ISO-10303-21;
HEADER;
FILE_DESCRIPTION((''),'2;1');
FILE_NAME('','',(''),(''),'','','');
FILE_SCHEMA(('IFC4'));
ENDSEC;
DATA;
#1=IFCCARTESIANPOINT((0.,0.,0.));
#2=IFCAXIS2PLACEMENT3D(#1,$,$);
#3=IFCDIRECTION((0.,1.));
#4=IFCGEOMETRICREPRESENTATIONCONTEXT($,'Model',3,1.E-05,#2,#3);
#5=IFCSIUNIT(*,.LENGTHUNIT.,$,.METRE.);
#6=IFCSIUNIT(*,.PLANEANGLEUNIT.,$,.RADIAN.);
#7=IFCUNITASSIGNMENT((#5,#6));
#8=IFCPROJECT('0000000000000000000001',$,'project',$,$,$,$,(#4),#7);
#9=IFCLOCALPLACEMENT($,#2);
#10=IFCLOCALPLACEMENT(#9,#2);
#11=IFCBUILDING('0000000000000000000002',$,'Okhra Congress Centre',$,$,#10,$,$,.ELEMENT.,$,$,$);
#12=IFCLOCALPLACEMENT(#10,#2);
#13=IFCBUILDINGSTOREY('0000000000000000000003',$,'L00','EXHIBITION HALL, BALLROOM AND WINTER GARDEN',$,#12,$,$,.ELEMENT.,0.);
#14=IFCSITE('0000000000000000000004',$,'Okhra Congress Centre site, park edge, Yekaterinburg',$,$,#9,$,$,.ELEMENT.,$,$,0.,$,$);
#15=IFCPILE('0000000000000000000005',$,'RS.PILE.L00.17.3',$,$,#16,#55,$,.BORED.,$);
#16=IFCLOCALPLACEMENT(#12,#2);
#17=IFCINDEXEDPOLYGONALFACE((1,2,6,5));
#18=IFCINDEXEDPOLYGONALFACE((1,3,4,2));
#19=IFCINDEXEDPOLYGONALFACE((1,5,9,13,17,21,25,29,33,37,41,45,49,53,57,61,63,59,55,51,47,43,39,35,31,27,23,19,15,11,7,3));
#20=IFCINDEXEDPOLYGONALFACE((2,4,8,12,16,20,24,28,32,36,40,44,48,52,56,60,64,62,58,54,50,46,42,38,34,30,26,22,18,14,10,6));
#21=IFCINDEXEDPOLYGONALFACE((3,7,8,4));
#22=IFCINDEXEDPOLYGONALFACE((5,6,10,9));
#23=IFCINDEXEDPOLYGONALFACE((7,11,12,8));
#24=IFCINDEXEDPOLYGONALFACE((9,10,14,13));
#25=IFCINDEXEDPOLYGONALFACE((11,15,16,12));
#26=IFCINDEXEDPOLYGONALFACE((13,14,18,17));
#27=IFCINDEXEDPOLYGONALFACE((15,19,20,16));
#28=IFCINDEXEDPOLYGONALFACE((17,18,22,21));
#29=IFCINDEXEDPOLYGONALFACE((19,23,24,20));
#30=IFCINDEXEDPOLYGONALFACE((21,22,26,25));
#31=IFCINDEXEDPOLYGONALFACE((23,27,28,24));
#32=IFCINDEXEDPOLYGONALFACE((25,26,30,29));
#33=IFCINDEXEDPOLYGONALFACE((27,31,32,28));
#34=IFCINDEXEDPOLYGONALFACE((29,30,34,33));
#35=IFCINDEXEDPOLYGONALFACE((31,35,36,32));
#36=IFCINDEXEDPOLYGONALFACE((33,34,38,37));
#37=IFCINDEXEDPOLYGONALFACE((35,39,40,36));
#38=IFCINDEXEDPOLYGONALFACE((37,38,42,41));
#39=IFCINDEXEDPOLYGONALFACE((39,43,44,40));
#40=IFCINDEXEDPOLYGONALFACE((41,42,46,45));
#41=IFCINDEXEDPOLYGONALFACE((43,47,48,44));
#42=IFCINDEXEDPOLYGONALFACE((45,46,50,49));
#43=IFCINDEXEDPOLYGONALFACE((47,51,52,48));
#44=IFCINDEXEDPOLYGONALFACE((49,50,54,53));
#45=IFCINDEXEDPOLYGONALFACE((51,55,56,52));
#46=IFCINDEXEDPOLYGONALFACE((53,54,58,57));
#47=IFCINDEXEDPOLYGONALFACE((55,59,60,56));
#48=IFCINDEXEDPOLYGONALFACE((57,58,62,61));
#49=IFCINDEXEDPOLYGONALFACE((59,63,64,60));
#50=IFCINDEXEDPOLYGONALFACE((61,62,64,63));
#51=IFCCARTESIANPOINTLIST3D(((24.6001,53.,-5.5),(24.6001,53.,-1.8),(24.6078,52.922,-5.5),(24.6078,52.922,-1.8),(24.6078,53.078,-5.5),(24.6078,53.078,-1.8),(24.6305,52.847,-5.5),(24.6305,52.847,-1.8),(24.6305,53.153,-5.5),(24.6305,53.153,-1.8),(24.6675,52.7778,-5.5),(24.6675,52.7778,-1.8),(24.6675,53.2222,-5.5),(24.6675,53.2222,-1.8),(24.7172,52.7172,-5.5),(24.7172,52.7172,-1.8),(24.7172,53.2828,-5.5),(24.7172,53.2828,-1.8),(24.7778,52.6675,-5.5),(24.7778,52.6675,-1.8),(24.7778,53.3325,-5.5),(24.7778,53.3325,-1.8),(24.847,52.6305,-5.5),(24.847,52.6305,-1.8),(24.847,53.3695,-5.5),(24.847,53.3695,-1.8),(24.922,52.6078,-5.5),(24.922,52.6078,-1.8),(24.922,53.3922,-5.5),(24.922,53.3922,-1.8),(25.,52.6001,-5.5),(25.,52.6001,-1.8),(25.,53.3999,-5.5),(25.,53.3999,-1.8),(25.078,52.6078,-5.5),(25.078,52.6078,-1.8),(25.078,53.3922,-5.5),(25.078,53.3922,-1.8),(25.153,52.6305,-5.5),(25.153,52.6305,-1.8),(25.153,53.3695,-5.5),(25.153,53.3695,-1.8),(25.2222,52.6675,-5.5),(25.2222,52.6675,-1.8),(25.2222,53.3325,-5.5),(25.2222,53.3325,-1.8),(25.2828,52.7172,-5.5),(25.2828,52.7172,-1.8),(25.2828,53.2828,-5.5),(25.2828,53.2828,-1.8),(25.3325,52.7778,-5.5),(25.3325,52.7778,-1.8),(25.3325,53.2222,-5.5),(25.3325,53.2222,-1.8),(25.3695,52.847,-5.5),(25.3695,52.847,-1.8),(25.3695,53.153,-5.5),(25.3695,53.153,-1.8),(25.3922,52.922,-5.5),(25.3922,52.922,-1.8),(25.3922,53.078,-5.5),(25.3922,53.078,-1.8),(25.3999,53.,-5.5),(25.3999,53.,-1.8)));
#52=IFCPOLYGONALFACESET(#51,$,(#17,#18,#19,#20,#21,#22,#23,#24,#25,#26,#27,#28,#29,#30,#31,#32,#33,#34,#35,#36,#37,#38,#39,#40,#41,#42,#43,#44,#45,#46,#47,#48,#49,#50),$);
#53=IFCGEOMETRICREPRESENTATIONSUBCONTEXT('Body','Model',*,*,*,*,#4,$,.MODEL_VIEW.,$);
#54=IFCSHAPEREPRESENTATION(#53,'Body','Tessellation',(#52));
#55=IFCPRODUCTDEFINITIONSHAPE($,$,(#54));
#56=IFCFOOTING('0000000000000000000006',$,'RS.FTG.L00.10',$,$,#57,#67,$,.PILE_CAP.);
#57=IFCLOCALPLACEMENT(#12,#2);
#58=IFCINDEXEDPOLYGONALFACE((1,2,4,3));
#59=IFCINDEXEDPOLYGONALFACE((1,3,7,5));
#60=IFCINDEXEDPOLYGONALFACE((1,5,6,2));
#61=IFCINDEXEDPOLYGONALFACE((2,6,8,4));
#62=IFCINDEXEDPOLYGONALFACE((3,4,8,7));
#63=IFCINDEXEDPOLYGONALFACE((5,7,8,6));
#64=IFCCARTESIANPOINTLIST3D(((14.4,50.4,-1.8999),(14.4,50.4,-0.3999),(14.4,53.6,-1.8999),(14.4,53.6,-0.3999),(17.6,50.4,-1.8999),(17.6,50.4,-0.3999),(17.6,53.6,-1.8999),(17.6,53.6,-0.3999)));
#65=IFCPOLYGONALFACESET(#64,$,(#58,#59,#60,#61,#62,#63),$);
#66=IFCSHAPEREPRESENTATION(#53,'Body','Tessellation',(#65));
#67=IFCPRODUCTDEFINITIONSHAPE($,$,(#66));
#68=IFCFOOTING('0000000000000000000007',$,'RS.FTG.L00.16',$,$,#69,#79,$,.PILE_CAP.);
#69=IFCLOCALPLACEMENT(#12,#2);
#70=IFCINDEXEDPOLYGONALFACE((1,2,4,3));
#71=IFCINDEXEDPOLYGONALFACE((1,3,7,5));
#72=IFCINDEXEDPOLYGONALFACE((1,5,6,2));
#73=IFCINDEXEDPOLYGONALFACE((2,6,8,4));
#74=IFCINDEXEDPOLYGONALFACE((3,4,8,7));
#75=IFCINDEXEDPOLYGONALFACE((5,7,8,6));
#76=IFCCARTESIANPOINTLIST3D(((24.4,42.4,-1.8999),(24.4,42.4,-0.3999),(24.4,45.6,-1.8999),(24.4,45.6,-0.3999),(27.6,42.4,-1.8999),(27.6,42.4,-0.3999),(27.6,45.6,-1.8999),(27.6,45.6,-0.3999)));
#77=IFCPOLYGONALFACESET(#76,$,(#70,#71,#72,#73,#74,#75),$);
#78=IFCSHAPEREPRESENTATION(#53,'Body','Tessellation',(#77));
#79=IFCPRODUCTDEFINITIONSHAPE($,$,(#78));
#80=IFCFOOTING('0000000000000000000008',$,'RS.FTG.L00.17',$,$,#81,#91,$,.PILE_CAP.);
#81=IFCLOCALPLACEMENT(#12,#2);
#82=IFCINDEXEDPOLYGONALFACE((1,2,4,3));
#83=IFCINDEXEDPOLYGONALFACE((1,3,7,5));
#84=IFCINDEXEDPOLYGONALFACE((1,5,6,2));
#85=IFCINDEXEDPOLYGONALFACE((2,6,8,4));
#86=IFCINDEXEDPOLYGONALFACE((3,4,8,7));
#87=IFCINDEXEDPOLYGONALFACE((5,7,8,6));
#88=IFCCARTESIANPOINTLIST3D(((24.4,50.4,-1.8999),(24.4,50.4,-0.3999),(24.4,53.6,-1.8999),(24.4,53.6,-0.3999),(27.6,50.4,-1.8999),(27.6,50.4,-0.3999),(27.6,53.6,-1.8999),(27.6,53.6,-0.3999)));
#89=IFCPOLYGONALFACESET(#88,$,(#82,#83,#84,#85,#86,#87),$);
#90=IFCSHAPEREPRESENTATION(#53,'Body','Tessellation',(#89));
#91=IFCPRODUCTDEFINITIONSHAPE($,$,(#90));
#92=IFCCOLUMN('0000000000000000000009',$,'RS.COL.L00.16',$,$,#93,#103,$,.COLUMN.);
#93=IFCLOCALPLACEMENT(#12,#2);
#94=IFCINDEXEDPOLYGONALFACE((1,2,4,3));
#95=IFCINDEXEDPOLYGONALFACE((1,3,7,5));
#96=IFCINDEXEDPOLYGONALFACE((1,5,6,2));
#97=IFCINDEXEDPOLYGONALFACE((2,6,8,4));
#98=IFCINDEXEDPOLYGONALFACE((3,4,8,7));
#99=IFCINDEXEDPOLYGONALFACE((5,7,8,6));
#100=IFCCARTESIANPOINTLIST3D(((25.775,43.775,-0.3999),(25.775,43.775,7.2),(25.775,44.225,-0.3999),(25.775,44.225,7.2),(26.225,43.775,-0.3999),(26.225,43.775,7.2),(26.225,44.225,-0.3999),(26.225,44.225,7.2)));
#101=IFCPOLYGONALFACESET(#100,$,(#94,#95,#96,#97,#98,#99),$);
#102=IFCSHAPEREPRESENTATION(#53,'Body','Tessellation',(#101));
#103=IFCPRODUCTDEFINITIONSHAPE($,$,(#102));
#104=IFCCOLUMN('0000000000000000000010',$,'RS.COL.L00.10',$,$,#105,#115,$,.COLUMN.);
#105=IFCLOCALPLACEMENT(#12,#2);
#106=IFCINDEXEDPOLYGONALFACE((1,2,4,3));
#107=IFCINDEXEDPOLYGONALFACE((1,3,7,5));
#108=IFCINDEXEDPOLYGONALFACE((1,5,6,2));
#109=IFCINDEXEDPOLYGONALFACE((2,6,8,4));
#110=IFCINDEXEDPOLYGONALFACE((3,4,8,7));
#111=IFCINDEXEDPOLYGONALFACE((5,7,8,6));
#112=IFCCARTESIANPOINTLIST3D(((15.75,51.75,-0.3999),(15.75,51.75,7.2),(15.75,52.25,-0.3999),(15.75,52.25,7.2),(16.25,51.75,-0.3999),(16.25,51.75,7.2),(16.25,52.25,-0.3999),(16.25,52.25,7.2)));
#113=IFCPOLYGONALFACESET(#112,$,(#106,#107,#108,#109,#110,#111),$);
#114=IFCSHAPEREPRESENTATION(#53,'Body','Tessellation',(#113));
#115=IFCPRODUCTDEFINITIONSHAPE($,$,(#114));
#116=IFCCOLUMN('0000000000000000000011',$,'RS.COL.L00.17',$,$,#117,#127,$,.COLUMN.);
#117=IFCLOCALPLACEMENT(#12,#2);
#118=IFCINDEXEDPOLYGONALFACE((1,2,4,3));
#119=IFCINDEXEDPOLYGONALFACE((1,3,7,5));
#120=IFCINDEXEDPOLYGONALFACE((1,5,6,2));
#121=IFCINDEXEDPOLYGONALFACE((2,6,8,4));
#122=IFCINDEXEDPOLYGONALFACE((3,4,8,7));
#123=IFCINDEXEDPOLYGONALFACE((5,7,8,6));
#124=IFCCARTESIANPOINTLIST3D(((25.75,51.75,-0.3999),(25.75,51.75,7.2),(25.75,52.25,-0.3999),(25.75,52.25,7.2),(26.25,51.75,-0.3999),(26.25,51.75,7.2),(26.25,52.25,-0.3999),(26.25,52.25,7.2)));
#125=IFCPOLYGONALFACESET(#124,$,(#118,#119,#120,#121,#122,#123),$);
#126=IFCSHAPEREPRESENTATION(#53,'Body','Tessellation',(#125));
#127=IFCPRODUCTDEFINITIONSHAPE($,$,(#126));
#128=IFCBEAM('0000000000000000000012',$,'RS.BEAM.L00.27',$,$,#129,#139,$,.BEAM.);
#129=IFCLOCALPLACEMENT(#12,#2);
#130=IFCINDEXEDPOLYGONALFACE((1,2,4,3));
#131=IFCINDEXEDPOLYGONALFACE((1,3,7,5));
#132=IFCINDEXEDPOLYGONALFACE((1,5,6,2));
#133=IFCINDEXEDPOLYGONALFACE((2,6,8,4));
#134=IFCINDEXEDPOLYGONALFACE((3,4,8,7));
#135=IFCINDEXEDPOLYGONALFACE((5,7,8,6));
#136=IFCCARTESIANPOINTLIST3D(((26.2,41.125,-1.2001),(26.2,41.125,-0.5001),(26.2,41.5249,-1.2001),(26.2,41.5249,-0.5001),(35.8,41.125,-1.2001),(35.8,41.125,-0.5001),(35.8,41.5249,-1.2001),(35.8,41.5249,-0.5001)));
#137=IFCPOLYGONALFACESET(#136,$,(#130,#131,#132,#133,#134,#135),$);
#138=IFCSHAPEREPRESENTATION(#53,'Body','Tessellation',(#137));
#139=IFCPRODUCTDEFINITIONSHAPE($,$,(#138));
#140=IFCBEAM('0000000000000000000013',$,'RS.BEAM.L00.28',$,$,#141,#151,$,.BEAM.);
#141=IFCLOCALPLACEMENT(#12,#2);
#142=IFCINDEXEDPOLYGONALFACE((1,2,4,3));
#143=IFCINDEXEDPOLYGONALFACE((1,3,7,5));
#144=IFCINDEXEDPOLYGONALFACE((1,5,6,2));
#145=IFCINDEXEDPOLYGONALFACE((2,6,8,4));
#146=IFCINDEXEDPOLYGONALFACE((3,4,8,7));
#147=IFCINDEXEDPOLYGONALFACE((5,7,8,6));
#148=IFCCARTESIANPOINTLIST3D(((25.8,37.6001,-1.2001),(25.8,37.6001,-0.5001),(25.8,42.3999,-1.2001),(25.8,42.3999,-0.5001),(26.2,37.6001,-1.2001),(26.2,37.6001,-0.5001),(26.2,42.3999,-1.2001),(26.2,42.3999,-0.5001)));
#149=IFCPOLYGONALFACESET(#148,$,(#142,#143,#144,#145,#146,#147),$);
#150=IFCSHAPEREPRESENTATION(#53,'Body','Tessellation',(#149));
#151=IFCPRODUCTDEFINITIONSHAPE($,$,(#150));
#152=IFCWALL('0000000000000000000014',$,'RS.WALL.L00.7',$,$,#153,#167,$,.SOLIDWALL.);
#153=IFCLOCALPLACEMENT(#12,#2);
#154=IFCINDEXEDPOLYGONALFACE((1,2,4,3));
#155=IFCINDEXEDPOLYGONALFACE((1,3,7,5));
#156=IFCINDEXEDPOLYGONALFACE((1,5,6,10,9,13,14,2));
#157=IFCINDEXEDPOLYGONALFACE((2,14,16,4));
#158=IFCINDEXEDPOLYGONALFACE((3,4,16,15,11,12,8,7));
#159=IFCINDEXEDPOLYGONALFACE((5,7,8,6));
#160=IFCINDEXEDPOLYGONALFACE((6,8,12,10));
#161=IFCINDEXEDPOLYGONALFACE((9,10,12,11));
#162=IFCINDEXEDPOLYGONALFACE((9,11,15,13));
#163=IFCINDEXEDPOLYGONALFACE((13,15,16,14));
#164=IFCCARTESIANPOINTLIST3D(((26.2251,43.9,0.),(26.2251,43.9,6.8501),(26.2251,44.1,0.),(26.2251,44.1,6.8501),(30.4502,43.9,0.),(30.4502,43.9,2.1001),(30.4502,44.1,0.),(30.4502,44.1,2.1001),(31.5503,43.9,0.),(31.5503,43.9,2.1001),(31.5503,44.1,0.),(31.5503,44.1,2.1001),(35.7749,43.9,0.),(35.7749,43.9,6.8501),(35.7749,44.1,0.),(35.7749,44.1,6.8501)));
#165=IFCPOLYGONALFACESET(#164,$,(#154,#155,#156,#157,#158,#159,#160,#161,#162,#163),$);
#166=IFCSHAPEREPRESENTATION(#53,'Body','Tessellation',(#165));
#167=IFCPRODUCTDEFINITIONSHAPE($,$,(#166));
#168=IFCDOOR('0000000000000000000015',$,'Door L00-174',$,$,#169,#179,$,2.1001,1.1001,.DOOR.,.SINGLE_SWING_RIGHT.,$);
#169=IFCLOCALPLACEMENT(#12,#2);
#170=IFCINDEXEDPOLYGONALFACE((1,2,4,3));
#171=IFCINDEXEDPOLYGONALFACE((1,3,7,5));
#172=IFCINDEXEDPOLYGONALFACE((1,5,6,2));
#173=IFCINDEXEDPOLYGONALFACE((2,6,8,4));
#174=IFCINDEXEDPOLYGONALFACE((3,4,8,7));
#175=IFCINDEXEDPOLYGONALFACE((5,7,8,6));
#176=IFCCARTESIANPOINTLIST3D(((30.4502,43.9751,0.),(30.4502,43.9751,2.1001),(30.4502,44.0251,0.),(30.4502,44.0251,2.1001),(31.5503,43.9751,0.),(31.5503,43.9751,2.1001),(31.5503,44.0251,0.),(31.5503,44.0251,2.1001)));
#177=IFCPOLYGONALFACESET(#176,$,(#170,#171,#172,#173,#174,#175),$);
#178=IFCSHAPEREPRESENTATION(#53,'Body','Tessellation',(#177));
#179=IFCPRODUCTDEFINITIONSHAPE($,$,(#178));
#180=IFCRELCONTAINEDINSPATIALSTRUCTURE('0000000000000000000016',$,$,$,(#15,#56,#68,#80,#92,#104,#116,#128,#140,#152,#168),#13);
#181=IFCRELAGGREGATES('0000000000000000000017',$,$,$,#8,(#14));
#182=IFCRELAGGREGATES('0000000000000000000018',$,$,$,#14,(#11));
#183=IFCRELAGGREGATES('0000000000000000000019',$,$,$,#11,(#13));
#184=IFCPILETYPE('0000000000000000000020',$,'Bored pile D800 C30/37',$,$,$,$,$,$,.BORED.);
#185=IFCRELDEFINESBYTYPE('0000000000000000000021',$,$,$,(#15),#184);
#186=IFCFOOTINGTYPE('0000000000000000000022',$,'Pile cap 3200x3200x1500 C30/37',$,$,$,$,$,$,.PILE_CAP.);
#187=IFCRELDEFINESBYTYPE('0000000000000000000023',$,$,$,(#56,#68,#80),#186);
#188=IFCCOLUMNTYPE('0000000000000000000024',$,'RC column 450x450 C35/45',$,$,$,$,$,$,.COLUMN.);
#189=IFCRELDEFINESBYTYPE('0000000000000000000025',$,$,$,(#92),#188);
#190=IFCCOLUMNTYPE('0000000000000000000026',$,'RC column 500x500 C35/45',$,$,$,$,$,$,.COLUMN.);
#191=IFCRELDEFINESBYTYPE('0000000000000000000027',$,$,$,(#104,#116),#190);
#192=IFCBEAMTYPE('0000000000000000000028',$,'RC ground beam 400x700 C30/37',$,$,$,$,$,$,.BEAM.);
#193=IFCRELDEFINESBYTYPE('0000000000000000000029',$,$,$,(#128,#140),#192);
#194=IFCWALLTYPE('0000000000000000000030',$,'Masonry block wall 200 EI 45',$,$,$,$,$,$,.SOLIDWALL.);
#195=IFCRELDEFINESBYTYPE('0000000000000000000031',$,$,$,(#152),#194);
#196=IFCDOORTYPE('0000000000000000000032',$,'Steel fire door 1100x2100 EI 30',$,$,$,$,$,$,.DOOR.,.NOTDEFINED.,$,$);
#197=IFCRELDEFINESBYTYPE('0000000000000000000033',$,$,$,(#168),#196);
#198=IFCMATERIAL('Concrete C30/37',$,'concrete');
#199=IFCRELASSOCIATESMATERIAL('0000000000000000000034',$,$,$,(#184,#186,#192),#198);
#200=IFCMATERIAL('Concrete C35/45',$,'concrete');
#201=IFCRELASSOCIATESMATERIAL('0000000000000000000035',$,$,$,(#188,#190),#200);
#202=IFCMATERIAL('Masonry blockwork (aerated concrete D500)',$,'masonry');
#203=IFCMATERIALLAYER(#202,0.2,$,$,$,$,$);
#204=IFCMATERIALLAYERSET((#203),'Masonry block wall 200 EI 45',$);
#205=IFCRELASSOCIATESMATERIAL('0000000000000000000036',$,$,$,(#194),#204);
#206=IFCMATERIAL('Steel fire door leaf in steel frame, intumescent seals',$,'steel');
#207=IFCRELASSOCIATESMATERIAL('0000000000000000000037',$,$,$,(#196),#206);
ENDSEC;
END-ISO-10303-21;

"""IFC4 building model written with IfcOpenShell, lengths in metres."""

from ifc_helpers import new_model, si_unit, direction, frame, frame_2d, origin, origin_2d, place, context, subcontext, project, spatial, rectangle, circle, extrude, material, layer, layer_set, material_profile, profile_set, type_object, element, fill, save


model = new_model("IFC4")

# Units and contexts
model_context = context("Model", 3, precision=1e-05, world=origin(), true_north=direction((0.0, 1.0)))
body_context = subcontext(model_context, "Body", "Model", "MODEL_VIEW")
ifc_project = project(units=[si_unit("LENGTHUNIT", "METRE"), si_unit("PLANEANGLEUNIT", "RADIAN")], contexts=[model_context])

# Site, building, storey
site_placement = place(None, origin())
site = spatial("IfcSite", under=ifc_project, at=site_placement, Name="Okhra Congress Centre site, park edge, Yekaterinburg", CompositionType="ELEMENT", RefElevation=0.0)
building_placement = place(site_placement, origin())
building = spatial("IfcBuilding", under=site, at=building_placement, Name="Okhra Congress Centre", CompositionType="ELEMENT")
storey_placement = place(building_placement, origin())
storey = spatial("IfcBuildingStorey", under=building, at=storey_placement, Name="L00", Description="EXHIBITION HALL, BALLROOM AND WINTER GARDEN", CompositionType="ELEMENT", Elevation=0.0)

# Pile
ifc_material_1 = material(Name="Concrete C30/37", Category="concrete")
ifc_material_profile_1 = material_profile(ifc_material_1, circle(Radius=0.3999, at=origin_2d()), Name="D800")
ifc_profile_set_1 = profile_set([ifc_material_profile_1], Name="Concrete C30/37")
pile_type = type_object("IfcPileType", Name="Bored pile D800 C30/37", PredefinedType="BORED", material=ifc_profile_set_1)
for number, where, z_axis, x_axis, name in (
    (1, (25.0, 53.0, -1.8), (0.0, 0.0, -1.0), (1.0, 0.0, 0.0), "RS.PILE.L00.17.3"),
):
    element("IfcPile", number, at=place(storey_placement, frame(where, z_axis=z_axis, x_axis=x_axis)), inside=storey, type_object=pile_type, Name=name, PredefinedType="BORED", context=body_context, shape_type="SweptSolid", body=[
        extrude(circle(Radius=0.3999, at=origin_2d()), origin(), (0.0, 0.0, 1.0), 3.7),
    ])

# Footings
footing_type = type_object("IfcFootingType", Name="Pile cap 3200x3200x1500 C30/37", PredefinedType="PILE_CAP", material=ifc_material_1)
for number, where, z_axis, x_axis, name in (
    (2, (16.0, 52.0, -1.8999), (0.0, 0.0, 1.0), (1.0, 0.0, 0.0), "RS.FTG.L00.10"),
    (3, (26.0, 44.0, -1.8999), (0.0, 0.0, 1.0), (1.0, 0.0, 0.0), "RS.FTG.L00.16"),
    (4, (26.0, 52.0, -1.8999), (0.0, 0.0, 1.0), (1.0, 0.0, 0.0), "RS.FTG.L00.17"),
):
    element("IfcFooting", number, at=place(storey_placement, frame(where, z_axis=z_axis, x_axis=x_axis)), inside=storey, type_object=footing_type, Name=name, PredefinedType="PILE_CAP", context=body_context, shape_type="SweptSolid", body=[
        extrude(rectangle(XDim=3.2, YDim=3.2, at=origin_2d()), origin(), (0.0, 0.0, 1.0), 1.5),
    ])

# Columns
ifc_material_2 = material(Name="Concrete C35/45", Category="concrete")
ifc_material_profile_2 = material_profile(ifc_material_2, rectangle(XDim=0.45, YDim=0.45, at=origin_2d()), Name="RC 450x450")
ifc_profile_set_2 = profile_set([ifc_material_profile_2], Name="Concrete C35/45")
column_type_1 = type_object("IfcColumnType", Name="RC column 450x450 C35/45", PredefinedType="COLUMN", material=ifc_profile_set_2)
column_placement = place(storey_placement, frame((26.0, 44.0, -0.3999), z_axis=(0.0, 0.0, 1.0), x_axis=(1.0, 0.0, 0.0)))
element("IfcColumn", 5, at=column_placement, inside=storey, type_object=column_type_1, Name="RS.COL.L00.16", PredefinedType="COLUMN", context=body_context, shape_type="SweptSolid", body=[
    extrude(rectangle(XDim=0.45, YDim=0.45, at=origin_2d()), origin(), (0.0, 0.0, 1.0), 7.5999),
])
ifc_material_profile_3 = material_profile(ifc_material_2, rectangle(XDim=0.5, YDim=0.5, at=origin_2d()), Name="RC 500x500")
ifc_profile_set_3 = profile_set([ifc_material_profile_3], Name="Concrete C35/45")
column_type_2 = type_object("IfcColumnType", Name="RC column 500x500 C35/45", PredefinedType="COLUMN", material=ifc_profile_set_3)
for number, where, z_axis, x_axis, name in (
    (6, (16.0, 52.0, -0.3999), (0.0, 0.0, 1.0), (1.0, 0.0, 0.0), "RS.COL.L00.10"),
    (7, (26.0, 52.0, -0.3999), (0.0, 0.0, 1.0), (1.0, 0.0, 0.0), "RS.COL.L00.17"),
):
    element("IfcColumn", number, at=place(storey_placement, frame(where, z_axis=z_axis, x_axis=x_axis)), inside=storey, type_object=column_type_2, Name=name, PredefinedType="COLUMN", context=body_context, shape_type="SweptSolid", body=[
        extrude(rectangle(XDim=0.5, YDim=0.5, at=origin_2d()), origin(), (0.0, 0.0, 1.0), 7.5999),
    ])

# Beams
ifc_material_profile_4 = material_profile(ifc_material_1, rectangle(XDim=0.3999, YDim=0.7, at=origin_2d()), Name="RC 400x700")
ifc_profile_set_4 = profile_set([ifc_material_profile_4], Name="Concrete C30/37")
beam_type = type_object("IfcBeamType", Name="RC ground beam 400x700 C30/37", PredefinedType="BEAM", material=ifc_profile_set_4)
beam_1_placement = place(storey_placement, frame((26.2, 41.325, -0.8501), z_axis=(1.0, 0.0, 0.0), x_axis=(0.0, 1.0, 0.0)))
element("IfcBeam", 8, at=beam_1_placement, inside=storey, type_object=beam_type, Name="RS.BEAM.L00.27", PredefinedType="BEAM", context=body_context, shape_type="SweptSolid", body=[
    extrude(rectangle(XDim=0.3999, YDim=0.7, at=origin_2d()), origin(), (0.0, 0.0, 1.0), 9.6001),
])
beam_2_placement = place(storey_placement, frame((26.0, 37.6001, -0.8501), z_axis=(0.0, 1.0, 0.0), x_axis=(-1.0, 0.0, 0.0)))
element("IfcBeam", 9, at=beam_2_placement, inside=storey, type_object=beam_type, Name="RS.BEAM.L00.28", PredefinedType="BEAM", context=body_context, shape_type="SweptSolid", body=[
    extrude(rectangle(XDim=0.3999, YDim=0.7, at=origin_2d()), origin(), (0.0, 0.0, 1.0), 4.7998),
])

# Wall, opening, door
ifc_material_3 = material(Name="Masonry blockwork (aerated concrete D500)", Category="masonry")
ifc_layer_1 = layer(ifc_material_3, 0.2)
ifc_layer_set_1 = layer_set([ifc_layer_1], Name="Masonry block wall 200 EI 45")
wall_type_1 = type_object("IfcWallType", Name="Masonry block wall 200 EI 45", PredefinedType="SOLIDWALL", material=ifc_layer_set_1)
wall_1_placement = place(storey_placement, frame((26.2251, 44.0, 0.0), z_axis=(0.0, 0.0, 1.0), x_axis=(1.0, 0.0, 0.0)))
wall_1 = element("IfcWall", 10, at=wall_1_placement, inside=storey, type_object=wall_type_1, Name="RS.WALL.L00.7", PredefinedType="SOLIDWALL", context=body_context, shape_type="SweptSolid", body=[
    extrude(rectangle(XDim=9.5498, YDim=0.2, at=frame_2d((4.7749, 0.0))), origin(), (0.0, 0.0, 1.0), 6.8501),
])
opening_1_placement = place(wall_1_placement, frame((4.2251, 0.0, 0.0)))
opening_1 = element("IfcOpeningElement", 11, at=opening_1_placement, cuts=wall_1, PredefinedType="OPENING", context=body_context, shape_type="SweptSolid", body=[
    extrude(rectangle(XDim=1.1001, YDim=2.1001, at=frame_2d((0.55, 1.05))), frame((0.0, 0.1099, 0.0), z_axis=(0.0, -1.0, 0.0), x_axis=(1.0, 0.0, 0.0)), (0.0, 0.0, 1.0), 0.22),
])
ifc_material_4 = material(Name="Steel fire door leaf in steel frame, intumescent seals", Category="steel")
door_type_1 = type_object("IfcDoorType", Name="Steel fire door 1100x2100 EI 30", OperationType="NOTDEFINED", PredefinedType="DOOR", material=ifc_material_4)
door_1_placement = place(opening_1_placement, frame((1.1001, 0.0, 0.0), z_axis=(0.0, 0.0, 1.0), x_axis=(-1.0, 0.0, 0.0)))
door_1 = element("IfcDoor", 12, at=door_1_placement, inside=storey, type_object=door_type_1, Name="Door L00-174", OperationType="SINGLE_SWING_RIGHT", OverallHeight=2.1001, OverallWidth=1.1001, PredefinedType="DOOR", context=body_context, shape_type="SweptSolid", body=[
    extrude(rectangle(XDim=1.1001, YDim=2.1001, at=frame_2d((0.55, 1.05))), frame((0.0, 0.0249, 0.0), z_axis=(0.0, -1.0, 0.0), x_axis=(1.0, 0.0, 0.0)), (0.0, 0.0, 1.0), 0.05),
])
fill(opening_1, door_1)

save(model, "model.ifc")
